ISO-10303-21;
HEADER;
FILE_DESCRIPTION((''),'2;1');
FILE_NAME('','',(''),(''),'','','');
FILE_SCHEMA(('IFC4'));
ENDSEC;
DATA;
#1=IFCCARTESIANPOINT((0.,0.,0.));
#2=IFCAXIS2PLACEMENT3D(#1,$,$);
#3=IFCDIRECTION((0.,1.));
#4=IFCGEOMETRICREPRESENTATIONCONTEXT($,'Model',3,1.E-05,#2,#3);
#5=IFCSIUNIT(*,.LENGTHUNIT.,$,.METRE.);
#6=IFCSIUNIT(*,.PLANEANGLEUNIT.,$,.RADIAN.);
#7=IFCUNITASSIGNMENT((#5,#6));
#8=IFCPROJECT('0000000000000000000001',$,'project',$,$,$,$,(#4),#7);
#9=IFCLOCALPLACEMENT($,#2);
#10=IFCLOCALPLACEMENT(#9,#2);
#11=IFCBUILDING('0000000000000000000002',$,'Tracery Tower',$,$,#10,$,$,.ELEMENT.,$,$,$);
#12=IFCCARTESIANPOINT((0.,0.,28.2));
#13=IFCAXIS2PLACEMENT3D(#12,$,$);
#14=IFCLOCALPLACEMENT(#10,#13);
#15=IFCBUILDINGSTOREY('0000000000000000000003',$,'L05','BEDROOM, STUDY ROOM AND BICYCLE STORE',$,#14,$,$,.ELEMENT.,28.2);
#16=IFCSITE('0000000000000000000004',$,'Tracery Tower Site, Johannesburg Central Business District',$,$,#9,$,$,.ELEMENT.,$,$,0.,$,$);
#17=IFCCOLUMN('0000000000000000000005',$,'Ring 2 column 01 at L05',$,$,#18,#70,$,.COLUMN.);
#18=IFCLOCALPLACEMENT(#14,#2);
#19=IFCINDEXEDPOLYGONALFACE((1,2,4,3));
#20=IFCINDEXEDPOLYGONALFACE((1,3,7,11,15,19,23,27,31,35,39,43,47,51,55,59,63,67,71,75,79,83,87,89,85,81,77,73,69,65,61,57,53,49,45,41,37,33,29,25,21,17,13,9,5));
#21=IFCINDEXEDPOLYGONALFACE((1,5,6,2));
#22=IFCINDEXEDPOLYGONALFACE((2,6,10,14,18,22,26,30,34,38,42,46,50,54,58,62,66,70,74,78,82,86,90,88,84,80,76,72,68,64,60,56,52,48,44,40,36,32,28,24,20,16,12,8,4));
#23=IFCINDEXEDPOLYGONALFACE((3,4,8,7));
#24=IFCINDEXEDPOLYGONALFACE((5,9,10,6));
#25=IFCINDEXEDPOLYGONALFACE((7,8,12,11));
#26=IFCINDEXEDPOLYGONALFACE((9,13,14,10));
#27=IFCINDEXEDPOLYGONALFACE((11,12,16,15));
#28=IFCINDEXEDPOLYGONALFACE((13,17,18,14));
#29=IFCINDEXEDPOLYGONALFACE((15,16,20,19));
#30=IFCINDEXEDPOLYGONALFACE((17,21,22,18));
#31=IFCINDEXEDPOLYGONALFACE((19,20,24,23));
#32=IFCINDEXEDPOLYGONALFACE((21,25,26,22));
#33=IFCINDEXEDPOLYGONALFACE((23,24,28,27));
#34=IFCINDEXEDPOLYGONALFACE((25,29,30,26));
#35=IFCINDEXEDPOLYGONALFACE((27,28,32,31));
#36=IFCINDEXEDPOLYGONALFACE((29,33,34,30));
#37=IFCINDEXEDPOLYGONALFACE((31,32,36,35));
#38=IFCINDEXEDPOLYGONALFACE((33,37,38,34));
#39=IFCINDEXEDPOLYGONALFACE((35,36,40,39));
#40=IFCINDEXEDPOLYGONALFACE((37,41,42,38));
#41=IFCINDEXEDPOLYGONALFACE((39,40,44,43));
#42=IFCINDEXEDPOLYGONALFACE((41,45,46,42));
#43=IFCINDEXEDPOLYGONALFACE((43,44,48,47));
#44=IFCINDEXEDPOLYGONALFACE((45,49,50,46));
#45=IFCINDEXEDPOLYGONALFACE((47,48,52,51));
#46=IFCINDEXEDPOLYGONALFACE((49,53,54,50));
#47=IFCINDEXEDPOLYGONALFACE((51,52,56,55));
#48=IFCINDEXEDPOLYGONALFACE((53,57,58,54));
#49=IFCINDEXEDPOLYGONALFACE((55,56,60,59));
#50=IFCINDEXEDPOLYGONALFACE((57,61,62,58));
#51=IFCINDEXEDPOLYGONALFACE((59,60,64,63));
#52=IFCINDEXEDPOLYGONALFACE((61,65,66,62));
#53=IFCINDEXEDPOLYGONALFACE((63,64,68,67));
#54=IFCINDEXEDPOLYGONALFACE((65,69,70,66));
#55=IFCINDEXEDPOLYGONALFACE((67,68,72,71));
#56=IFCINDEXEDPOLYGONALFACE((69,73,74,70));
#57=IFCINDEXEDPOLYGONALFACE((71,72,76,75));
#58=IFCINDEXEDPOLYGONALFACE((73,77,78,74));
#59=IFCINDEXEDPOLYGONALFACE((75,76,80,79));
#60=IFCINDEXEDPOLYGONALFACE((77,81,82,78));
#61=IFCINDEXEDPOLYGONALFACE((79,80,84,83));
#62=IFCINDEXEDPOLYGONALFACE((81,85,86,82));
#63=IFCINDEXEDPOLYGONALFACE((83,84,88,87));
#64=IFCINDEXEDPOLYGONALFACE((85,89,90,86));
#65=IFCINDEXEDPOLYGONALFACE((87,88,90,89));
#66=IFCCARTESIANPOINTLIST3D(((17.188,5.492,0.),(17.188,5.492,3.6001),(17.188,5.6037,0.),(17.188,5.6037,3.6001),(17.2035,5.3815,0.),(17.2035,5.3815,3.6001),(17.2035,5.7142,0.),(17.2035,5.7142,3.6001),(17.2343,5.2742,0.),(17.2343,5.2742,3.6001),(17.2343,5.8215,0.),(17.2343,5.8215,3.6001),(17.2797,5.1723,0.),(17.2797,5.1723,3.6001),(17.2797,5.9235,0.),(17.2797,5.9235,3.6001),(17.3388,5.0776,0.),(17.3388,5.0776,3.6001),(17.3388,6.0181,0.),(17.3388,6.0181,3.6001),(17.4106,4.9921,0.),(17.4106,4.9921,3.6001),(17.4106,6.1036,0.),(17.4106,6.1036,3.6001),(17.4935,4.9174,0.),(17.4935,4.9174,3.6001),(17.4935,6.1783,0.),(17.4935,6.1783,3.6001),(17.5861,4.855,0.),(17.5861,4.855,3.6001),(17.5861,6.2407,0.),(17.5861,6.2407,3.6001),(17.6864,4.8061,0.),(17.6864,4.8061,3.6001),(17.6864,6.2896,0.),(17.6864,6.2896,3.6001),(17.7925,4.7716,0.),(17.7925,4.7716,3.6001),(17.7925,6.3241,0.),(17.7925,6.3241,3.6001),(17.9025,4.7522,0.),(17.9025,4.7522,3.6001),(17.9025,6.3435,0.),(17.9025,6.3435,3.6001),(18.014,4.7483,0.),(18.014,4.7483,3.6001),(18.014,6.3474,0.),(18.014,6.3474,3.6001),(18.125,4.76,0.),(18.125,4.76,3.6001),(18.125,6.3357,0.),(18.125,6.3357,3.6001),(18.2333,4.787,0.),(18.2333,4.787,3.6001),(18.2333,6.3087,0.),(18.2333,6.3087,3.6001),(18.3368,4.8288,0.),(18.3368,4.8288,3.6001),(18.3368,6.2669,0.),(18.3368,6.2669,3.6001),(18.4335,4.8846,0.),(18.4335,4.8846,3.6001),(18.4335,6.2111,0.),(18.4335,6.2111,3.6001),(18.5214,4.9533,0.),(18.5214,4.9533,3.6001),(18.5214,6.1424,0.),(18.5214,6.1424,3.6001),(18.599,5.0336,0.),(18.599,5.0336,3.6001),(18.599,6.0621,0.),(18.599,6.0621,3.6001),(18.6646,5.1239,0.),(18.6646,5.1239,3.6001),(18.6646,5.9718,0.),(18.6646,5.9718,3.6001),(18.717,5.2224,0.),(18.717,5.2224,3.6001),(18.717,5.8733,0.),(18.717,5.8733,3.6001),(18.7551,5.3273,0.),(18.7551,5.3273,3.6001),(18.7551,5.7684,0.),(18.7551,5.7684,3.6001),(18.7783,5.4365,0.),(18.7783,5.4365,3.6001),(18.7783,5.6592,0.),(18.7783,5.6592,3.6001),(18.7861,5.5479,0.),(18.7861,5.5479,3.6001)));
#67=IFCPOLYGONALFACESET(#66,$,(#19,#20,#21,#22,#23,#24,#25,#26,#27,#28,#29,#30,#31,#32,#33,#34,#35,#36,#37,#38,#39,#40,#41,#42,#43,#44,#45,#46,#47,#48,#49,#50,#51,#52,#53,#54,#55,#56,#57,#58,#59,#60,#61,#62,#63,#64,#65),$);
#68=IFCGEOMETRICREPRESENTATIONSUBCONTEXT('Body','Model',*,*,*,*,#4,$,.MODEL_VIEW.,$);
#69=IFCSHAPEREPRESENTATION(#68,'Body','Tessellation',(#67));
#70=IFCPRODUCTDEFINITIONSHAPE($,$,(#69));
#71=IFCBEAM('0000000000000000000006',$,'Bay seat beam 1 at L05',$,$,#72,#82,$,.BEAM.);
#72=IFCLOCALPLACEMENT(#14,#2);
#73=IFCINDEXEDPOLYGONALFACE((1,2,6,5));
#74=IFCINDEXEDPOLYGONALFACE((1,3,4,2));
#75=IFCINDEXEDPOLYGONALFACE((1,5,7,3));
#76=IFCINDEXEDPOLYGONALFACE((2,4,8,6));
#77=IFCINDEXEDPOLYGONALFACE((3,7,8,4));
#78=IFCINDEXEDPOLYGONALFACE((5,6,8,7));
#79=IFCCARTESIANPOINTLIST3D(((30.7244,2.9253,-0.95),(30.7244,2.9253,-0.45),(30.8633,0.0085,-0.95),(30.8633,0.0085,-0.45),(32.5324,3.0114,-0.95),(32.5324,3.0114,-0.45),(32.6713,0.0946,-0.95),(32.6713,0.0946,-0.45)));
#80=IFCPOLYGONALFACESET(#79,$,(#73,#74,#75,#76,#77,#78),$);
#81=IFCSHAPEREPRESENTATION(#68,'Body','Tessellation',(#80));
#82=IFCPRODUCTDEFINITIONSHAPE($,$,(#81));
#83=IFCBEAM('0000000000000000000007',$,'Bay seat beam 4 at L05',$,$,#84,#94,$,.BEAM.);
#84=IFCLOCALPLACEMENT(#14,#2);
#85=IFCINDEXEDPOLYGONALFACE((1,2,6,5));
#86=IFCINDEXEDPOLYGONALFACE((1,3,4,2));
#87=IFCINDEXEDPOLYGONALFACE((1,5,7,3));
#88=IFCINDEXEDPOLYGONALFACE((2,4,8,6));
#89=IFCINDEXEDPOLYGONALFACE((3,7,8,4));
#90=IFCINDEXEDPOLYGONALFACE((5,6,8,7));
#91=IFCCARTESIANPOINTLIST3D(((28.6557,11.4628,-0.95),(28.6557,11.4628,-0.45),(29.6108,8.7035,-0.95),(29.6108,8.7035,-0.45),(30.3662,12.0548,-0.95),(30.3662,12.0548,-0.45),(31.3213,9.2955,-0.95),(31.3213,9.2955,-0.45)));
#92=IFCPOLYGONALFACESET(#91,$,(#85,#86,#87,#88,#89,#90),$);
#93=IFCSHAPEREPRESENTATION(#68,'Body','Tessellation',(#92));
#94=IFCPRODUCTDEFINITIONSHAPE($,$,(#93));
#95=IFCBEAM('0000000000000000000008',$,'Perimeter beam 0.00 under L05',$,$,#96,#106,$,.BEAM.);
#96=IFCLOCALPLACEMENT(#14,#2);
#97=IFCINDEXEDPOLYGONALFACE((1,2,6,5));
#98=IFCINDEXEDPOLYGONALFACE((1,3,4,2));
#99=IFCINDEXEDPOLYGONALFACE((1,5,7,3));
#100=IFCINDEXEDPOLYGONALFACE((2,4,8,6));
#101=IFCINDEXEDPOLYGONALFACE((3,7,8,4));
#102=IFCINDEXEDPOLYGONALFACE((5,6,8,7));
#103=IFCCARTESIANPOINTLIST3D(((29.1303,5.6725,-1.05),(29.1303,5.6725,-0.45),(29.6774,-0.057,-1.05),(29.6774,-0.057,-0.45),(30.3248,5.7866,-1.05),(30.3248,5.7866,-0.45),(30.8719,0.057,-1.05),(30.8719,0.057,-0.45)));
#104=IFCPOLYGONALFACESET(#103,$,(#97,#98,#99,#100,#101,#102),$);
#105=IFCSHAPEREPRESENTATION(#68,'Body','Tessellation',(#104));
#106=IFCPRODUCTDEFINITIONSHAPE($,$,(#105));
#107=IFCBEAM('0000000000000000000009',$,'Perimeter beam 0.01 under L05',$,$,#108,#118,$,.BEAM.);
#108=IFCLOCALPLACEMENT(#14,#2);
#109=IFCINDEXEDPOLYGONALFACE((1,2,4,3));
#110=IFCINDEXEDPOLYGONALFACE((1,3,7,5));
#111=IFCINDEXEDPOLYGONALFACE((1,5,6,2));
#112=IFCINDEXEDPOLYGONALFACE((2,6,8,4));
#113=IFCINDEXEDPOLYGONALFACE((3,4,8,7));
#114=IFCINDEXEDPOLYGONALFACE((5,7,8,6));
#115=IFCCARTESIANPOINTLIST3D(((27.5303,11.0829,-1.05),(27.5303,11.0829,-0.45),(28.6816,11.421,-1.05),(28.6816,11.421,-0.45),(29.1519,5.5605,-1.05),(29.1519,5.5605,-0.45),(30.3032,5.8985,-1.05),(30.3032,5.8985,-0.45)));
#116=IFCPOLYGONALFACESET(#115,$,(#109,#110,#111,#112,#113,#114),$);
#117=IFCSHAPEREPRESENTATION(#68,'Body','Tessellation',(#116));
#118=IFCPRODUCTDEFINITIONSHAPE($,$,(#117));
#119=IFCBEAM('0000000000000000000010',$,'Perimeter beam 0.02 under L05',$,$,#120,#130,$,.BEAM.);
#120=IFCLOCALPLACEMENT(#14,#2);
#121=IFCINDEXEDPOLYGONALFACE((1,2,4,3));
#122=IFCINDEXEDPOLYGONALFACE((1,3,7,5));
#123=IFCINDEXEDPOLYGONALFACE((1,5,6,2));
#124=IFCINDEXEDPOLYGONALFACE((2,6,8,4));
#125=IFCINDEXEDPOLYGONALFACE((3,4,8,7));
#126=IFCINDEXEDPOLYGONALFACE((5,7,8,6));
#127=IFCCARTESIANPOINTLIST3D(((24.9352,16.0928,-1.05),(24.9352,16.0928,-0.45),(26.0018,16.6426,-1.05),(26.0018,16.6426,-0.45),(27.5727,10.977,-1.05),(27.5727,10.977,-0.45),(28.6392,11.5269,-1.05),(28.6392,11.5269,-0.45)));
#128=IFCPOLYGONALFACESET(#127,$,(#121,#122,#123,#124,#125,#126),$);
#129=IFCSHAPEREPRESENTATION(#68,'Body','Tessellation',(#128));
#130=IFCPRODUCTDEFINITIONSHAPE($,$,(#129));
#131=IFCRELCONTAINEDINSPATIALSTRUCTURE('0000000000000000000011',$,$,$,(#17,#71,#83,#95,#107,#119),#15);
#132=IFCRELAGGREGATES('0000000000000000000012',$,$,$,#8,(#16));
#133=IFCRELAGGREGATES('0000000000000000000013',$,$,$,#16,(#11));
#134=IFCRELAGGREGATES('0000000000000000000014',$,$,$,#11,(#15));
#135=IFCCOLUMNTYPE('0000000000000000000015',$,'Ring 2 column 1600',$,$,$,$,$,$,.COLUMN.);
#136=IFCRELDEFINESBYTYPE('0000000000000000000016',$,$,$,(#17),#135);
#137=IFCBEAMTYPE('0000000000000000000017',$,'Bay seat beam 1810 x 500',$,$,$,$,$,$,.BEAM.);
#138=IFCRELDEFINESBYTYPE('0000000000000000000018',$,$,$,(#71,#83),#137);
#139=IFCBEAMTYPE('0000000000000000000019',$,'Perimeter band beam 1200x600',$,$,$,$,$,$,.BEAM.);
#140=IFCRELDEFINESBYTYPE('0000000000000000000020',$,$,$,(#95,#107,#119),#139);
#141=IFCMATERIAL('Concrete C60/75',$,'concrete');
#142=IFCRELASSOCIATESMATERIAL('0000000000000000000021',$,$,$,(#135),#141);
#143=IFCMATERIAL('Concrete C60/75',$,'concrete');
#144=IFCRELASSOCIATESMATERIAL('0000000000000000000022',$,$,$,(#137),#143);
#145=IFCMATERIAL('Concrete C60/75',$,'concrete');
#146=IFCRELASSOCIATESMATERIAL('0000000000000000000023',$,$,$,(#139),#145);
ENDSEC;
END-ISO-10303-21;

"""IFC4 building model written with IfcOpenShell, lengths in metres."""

from ifc_helpers import new_model, si_unit, direction, frame, origin, origin_2d, place, context, subcontext, project, spatial, rectangle, circle, extrude, material, material_profile, profile_set, type_object, element, save


model = new_model("IFC4")

# Units and contexts
model_context = context("Model", 3, precision=1e-05, world=origin(), true_north=direction((0.0, 1.0)))
body_context = subcontext(model_context, "Body", "Model", "MODEL_VIEW")
ifc_project = project(units=[si_unit("LENGTHUNIT", "METRE"), si_unit("PLANEANGLEUNIT", "RADIAN")], contexts=[model_context])

# Site, building, storey
site_placement = place(None, origin())
site = spatial("IfcSite", under=ifc_project, at=site_placement, Name="Tracery Tower Site, Johannesburg Central Business District", CompositionType="ELEMENT", RefElevation=0.0)
building_placement = place(site_placement, origin())
building = spatial("IfcBuilding", under=site, at=building_placement, Name="Tracery Tower", CompositionType="ELEMENT")
storey_placement = place(building_placement, frame((0.0, 0.0, 28.2)))
storey = spatial("IfcBuildingStorey", under=building, at=storey_placement, Name="L05", Description="BEDROOM, STUDY ROOM AND BICYCLE STORE", CompositionType="ELEMENT", Elevation=28.2)

# Column
ifc_material_1 = material(Name="Concrete C60/75", Category="concrete")
ifc_material_profile_1 = material_profile(ifc_material_1, circle(Radius=0.8, at=origin_2d()), Name="RC D1600")
ifc_profile_set_1 = profile_set([ifc_material_profile_1], Name="Concrete C60/75")
column_type_1 = type_object("IfcColumnType", Name="Ring 2 column 1600", PredefinedType="COLUMN", material=ifc_profile_set_1)
column_placement = place(storey_placement, frame((17.9861, 5.5479, 0.0), z_axis=(0.0, 0.0, 1.0), x_axis=(1.0, 0.0, 0.0)))
element("IfcColumn", 1, at=column_placement, inside=storey, type_object=column_type_1, Name="Ring 2 column 01 at L05", PredefinedType="COLUMN", context=body_context, shape_type="SweptSolid", body=[
    extrude(circle(Radius=0.8, at=origin_2d()), origin(), (0.0, 0.0, 1.0), 3.6001),
])

# Beams
ifc_material_2 = material(Name="Concrete C60/75", Category="concrete")
ifc_material_profile_2 = material_profile(ifc_material_2, rectangle(XDim=1.8101, YDim=0.5, at=origin_2d()), Name="RC 1810x500")
ifc_profile_set_2 = profile_set([ifc_material_profile_2], Name="Concrete C60/75")
beam_type_1 = type_object("IfcBeamType", Name="Bay seat beam 1810 x 500", PredefinedType="BEAM", material=ifc_profile_set_2)
beam_1_placement = place(storey_placement, frame((31.7673, 0.0515, -0.7), z_axis=(-0.047573, 0.998868, 0.0), x_axis=(-0.998868, -0.047573, 0.0)))
element("IfcBeam", 2, at=beam_1_placement, inside=storey, type_object=beam_type_1, Name="Bay seat beam 1 at L05", PredefinedType="BEAM", context=body_context, shape_type="SweptSolid", body=[
    extrude(rectangle(XDim=1.8101, YDim=0.5, at=origin_2d()), origin(), (0.0, 0.0, 1.0), 2.9202),
])
beam_2_placement = place(storey_placement, frame((30.4661, 8.9995, -0.7), z_axis=(-0.327093, 0.944992, 0.0), x_axis=(-0.944992, -0.327093, 0.0)))
element("IfcBeam", 3, at=beam_2_placement, inside=storey, type_object=beam_type_1, Name="Bay seat beam 4 at L05", PredefinedType="BEAM", context=body_context, shape_type="SweptSolid", body=[
    extrude(rectangle(XDim=1.8101, YDim=0.5, at=origin_2d()), origin(), (0.0, 0.0, 1.0), 2.9199),
])
ifc_material_3 = material(Name="Concrete C60/75", Category="concrete")
ifc_material_profile_3 = material_profile(ifc_material_3, rectangle(XDim=1.2, YDim=0.6001, at=origin_2d()), Name="RC 1200x600")
ifc_profile_set_3 = profile_set([ifc_material_profile_3], Name="Concrete C60/75")
beam_type_2 = type_object("IfcBeamType", Name="Perimeter band beam 1200x600", PredefinedType="BEAM", material=ifc_profile_set_3)
for number, where, z_axis, x_axis, name in (
    (4, (30.2747, 0.0, -0.75), (-0.095059, 0.995472, 0.0), (-0.995472, -0.095059, 0.0), "Perimeter beam 0.00 under L05"),
    (5, (29.7275, 5.7295, -0.75), (-0.281739, 0.959491, 0.0), (-0.959491, -0.281739, 0.0), "Perimeter beam 0.01 under L05"),
    (6, (28.106, 11.252, -0.75), (-0.458242, 0.888827, 0.0), (-0.888827, -0.458242, 0.0), "Perimeter beam 0.02 under L05"),
):
    element("IfcBeam", number, at=place(storey_placement, frame(where, z_axis=z_axis, x_axis=x_axis)), inside=storey, type_object=beam_type_2, Name=name, PredefinedType="BEAM", context=body_context, shape_type="SweptSolid", body=[
        extrude(rectangle(XDim=1.2, YDim=0.6001, at=origin_2d()), origin(), (0.0, 0.0, 1.0), 5.7556),
    ])

save(model, "model.ifc")
